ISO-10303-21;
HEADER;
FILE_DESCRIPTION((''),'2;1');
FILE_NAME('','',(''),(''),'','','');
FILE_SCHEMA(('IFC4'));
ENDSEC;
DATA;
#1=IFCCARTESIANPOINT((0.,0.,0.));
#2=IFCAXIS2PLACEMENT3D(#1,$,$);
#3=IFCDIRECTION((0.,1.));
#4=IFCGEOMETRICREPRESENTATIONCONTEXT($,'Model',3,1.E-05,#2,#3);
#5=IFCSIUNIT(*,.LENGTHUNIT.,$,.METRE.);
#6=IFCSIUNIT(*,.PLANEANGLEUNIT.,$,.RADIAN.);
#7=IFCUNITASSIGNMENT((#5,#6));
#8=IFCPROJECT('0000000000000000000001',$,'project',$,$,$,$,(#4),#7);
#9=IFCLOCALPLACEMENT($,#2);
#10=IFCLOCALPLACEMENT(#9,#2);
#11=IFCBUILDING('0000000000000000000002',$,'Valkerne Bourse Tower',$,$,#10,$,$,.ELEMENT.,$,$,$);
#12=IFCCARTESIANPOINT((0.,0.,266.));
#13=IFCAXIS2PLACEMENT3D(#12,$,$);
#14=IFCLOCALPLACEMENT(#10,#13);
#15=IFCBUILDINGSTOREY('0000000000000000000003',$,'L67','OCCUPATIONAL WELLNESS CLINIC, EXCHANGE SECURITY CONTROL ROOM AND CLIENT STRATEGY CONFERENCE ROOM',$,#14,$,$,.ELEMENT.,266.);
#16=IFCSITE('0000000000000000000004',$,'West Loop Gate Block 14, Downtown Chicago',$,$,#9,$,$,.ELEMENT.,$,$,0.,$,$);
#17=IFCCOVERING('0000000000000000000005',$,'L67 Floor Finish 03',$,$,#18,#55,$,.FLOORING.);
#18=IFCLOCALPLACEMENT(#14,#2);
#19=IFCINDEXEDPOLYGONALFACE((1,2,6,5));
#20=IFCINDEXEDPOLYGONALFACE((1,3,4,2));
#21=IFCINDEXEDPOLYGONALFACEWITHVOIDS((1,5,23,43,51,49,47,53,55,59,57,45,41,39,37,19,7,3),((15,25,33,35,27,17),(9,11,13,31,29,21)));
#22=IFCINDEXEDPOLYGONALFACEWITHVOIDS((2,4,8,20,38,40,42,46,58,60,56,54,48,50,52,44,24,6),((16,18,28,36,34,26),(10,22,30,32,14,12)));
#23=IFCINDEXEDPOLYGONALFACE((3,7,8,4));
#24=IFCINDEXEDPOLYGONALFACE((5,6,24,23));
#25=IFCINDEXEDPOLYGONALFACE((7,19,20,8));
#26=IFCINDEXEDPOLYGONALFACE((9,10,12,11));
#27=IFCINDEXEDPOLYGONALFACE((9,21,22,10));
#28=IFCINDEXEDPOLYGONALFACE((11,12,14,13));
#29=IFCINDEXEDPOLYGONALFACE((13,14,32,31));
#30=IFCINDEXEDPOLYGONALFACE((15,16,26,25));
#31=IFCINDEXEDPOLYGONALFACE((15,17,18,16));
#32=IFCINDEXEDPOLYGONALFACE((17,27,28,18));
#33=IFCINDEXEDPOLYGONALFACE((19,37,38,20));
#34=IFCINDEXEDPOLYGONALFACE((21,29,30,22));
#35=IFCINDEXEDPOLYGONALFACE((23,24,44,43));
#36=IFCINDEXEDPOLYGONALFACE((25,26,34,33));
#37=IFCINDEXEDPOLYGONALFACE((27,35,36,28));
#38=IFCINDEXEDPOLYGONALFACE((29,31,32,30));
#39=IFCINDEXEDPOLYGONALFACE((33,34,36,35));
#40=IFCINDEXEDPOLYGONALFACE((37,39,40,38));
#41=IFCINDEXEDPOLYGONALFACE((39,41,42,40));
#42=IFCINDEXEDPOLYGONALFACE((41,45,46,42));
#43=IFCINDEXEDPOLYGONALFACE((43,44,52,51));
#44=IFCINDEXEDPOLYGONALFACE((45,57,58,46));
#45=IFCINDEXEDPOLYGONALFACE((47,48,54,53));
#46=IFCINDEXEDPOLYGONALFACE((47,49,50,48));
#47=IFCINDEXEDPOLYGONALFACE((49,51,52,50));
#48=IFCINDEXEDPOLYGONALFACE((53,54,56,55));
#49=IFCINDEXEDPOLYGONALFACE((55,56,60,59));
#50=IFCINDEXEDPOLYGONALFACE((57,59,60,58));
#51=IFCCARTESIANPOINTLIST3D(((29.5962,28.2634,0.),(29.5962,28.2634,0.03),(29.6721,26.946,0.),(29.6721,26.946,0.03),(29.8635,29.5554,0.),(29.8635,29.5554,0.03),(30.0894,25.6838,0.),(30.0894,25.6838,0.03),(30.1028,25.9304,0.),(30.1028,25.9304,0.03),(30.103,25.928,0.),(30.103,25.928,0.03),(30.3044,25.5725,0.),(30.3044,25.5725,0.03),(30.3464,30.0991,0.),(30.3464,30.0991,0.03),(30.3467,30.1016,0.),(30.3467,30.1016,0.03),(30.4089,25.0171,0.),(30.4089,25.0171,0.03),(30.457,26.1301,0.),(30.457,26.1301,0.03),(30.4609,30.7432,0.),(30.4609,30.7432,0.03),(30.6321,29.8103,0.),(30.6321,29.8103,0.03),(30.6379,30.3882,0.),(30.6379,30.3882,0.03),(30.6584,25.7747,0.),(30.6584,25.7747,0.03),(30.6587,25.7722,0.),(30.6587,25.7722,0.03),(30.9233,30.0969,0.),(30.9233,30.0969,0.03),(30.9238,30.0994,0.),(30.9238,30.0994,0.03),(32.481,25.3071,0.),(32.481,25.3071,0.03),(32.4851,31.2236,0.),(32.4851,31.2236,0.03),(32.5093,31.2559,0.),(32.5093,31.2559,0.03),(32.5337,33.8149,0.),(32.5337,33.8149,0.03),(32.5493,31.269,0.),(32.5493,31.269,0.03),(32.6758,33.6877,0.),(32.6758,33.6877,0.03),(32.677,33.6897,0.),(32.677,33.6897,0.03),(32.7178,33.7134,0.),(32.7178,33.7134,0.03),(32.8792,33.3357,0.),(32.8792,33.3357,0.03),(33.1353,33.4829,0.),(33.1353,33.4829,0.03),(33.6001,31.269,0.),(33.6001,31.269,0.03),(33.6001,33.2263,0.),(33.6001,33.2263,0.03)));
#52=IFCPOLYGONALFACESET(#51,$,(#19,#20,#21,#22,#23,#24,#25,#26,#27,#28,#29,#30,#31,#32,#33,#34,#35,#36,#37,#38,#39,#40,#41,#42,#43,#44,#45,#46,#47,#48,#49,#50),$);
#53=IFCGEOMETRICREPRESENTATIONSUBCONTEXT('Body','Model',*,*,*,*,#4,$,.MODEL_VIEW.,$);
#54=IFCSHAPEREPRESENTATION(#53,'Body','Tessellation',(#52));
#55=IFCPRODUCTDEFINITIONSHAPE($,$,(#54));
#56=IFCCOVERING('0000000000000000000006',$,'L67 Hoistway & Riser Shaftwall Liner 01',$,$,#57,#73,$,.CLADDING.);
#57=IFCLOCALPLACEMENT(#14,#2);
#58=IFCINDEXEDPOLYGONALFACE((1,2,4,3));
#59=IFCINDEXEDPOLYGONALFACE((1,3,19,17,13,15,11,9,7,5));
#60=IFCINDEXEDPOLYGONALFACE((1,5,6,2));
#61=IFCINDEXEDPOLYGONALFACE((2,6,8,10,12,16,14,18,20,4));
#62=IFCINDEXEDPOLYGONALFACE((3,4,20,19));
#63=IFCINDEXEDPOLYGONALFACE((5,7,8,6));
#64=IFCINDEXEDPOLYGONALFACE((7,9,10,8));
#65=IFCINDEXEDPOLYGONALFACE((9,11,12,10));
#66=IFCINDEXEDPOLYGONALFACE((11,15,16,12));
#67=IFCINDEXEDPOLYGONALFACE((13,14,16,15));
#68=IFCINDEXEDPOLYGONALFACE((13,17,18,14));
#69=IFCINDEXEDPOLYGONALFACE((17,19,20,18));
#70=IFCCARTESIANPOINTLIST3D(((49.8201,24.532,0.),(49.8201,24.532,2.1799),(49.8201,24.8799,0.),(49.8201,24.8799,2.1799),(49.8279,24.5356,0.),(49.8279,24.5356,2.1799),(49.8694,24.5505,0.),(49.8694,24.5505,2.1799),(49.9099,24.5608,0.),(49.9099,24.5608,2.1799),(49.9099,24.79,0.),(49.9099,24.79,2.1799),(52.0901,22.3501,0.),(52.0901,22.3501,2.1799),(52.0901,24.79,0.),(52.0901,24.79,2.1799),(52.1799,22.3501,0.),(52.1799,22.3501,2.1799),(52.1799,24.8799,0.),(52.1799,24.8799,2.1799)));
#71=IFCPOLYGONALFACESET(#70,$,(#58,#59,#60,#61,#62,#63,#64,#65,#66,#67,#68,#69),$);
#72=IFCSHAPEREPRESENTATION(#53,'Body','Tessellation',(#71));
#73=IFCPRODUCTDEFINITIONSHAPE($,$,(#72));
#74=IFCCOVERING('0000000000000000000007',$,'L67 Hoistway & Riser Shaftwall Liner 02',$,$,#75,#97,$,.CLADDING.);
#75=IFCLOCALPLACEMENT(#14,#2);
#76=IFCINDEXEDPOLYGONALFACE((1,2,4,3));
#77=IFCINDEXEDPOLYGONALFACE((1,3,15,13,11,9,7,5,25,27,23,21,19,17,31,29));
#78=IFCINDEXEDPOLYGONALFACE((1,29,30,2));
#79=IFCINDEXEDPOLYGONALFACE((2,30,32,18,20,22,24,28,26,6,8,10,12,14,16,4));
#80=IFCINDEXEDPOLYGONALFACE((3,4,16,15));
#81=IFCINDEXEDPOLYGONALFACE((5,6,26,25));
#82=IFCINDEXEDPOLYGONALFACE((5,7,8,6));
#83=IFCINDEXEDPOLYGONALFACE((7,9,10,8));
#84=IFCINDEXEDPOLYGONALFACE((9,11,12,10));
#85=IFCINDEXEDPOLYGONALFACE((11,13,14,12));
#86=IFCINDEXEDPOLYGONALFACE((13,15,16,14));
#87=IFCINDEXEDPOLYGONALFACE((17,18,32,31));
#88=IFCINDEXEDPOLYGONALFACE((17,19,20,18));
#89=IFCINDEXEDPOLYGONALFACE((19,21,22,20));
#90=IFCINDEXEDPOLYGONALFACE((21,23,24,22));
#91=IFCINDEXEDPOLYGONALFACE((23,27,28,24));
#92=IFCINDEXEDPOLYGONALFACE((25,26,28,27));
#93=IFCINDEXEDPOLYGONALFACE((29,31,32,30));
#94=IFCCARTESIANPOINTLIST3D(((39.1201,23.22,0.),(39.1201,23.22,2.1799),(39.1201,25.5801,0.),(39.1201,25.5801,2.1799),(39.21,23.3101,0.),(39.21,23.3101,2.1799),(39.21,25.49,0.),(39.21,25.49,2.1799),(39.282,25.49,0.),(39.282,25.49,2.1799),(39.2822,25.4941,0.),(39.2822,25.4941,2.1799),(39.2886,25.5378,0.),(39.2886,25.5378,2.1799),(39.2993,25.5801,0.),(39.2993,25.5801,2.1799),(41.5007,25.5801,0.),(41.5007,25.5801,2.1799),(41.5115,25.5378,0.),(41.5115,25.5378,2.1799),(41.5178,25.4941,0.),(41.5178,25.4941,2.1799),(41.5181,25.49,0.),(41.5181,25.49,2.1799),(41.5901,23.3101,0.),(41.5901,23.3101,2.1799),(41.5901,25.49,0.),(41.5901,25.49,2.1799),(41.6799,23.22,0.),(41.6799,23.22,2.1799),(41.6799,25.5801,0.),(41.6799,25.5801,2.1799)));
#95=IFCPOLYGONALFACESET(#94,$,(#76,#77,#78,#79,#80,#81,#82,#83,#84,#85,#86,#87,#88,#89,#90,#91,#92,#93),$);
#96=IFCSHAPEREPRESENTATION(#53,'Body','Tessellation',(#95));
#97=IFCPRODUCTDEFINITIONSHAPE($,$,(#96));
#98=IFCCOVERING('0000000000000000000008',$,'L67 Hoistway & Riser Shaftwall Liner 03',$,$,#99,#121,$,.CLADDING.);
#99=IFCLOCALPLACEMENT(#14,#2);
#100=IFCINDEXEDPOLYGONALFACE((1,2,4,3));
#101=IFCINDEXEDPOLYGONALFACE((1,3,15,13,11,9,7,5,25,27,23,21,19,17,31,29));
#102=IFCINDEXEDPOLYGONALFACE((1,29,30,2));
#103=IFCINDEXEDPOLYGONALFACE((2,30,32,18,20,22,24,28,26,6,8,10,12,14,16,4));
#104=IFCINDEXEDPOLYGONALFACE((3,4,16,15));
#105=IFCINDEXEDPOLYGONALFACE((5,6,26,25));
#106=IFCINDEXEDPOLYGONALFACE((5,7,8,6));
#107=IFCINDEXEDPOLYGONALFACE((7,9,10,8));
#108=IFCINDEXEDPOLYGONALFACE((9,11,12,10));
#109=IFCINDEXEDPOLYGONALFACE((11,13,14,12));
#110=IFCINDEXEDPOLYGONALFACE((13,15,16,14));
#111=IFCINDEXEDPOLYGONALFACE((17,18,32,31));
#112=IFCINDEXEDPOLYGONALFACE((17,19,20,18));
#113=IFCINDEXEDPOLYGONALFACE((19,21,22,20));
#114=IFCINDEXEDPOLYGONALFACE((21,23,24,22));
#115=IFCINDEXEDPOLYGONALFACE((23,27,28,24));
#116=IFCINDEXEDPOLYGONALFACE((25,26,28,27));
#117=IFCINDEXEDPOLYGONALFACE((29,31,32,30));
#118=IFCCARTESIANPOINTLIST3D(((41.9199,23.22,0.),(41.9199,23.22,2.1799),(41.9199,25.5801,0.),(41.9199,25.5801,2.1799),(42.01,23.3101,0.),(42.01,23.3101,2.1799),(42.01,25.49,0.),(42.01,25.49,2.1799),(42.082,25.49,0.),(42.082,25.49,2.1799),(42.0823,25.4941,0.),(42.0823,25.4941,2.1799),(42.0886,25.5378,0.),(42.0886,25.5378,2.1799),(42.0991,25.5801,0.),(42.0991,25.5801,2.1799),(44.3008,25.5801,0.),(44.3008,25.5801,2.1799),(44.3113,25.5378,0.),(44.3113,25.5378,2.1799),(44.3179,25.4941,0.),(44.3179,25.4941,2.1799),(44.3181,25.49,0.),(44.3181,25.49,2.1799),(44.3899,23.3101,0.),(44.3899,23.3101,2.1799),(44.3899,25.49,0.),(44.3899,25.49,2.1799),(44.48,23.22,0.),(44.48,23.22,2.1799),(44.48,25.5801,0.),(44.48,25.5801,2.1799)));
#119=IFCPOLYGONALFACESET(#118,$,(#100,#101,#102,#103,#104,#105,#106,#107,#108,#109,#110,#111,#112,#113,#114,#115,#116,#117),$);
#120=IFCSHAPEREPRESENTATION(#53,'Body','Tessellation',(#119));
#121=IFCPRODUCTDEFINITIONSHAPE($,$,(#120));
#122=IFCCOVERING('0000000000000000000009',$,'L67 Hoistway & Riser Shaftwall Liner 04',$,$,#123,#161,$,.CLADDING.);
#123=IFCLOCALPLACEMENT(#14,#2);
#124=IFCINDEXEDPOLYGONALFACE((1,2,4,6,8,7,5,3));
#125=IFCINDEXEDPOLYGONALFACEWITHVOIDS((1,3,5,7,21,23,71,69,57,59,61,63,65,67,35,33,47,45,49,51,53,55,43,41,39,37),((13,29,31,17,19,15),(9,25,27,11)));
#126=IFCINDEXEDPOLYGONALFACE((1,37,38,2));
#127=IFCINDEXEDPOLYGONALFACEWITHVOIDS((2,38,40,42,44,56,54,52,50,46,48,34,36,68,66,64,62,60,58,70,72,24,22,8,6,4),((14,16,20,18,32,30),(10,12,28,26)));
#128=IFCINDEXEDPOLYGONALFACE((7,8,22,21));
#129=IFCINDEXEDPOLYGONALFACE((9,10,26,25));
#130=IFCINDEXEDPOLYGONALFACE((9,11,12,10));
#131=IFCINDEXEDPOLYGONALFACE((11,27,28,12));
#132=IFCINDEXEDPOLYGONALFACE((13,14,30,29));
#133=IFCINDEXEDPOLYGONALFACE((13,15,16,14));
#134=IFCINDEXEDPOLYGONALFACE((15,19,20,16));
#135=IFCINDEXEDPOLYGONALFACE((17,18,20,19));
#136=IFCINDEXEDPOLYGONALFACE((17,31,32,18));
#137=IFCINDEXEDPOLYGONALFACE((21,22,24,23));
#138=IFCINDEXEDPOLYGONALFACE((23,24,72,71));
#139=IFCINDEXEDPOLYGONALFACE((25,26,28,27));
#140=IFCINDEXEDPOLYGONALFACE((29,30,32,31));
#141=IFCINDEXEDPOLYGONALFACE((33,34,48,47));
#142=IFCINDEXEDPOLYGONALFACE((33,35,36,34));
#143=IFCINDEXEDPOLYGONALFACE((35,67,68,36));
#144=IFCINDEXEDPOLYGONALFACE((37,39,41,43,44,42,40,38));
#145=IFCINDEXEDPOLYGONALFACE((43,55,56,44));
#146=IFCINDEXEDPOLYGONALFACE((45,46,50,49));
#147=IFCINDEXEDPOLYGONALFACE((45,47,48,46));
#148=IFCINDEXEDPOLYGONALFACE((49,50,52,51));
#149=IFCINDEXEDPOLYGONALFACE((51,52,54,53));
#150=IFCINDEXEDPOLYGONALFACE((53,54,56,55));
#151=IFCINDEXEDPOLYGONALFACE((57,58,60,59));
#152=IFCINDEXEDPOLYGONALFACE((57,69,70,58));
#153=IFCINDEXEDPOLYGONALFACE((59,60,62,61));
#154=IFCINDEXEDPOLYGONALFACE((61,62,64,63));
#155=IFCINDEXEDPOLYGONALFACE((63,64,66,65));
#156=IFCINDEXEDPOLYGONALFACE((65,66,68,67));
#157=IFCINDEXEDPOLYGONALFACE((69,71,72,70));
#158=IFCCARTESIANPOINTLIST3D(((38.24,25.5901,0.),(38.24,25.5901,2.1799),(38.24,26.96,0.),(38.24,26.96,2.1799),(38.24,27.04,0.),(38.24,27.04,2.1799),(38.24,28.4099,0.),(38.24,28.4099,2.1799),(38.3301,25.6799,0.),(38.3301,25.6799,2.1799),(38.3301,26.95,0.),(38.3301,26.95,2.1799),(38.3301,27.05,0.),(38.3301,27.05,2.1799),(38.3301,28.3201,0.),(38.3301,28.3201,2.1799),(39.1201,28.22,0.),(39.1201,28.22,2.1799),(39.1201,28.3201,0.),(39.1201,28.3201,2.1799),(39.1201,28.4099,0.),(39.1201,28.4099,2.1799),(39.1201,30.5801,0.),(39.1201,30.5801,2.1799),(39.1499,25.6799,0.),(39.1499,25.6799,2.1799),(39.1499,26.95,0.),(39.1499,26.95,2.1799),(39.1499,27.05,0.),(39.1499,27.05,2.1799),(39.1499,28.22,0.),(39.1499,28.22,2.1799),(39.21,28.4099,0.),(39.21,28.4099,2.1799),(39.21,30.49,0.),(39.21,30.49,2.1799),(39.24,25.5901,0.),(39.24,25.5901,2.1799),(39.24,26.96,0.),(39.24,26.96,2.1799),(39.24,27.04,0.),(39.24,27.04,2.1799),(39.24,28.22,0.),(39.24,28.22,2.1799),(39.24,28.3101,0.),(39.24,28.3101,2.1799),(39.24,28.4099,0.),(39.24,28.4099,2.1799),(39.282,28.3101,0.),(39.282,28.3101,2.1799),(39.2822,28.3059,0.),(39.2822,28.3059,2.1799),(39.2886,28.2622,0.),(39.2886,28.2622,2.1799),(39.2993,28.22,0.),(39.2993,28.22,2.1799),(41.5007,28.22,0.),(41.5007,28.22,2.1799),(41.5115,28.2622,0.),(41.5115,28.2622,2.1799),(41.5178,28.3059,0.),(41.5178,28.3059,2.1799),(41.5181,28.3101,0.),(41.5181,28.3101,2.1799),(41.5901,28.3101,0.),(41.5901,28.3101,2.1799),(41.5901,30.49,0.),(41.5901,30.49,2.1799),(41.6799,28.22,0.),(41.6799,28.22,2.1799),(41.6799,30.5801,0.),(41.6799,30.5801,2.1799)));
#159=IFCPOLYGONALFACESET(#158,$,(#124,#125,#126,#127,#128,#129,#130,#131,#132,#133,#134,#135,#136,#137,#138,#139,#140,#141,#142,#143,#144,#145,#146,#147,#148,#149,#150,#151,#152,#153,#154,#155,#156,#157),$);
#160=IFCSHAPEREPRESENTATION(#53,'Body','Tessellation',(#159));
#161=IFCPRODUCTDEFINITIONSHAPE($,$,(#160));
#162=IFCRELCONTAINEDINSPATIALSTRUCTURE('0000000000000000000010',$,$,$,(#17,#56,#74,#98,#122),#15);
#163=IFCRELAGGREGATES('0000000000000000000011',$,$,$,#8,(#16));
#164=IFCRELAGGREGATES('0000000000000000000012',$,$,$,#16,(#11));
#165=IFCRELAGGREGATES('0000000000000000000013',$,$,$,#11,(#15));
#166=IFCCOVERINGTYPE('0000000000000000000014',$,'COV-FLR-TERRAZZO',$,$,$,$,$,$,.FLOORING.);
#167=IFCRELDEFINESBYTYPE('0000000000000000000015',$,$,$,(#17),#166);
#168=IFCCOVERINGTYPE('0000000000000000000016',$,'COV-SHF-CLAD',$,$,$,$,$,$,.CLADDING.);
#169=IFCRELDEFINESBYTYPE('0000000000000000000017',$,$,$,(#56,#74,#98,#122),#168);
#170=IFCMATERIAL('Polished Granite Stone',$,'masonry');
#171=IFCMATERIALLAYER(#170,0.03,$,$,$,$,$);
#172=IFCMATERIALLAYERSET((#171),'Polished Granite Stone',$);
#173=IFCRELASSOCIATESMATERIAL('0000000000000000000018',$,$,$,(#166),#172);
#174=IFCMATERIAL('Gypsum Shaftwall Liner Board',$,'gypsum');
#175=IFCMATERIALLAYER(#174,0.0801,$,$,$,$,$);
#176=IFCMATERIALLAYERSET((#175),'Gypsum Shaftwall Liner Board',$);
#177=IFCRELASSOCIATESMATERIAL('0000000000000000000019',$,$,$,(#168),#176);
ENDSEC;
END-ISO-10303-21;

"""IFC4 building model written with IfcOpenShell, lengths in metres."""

from ifc_helpers import new_model, si_unit, direction, frame, origin, place, context, subcontext, project, spatial, polyline, outline, extrude, material, layer, layer_set, type_object, element, save


model = new_model("IFC4")

# Units and contexts
model_context = context("Model", 3, precision=1e-05, world=origin(), true_north=direction((0.0, 1.0)))
body_context = subcontext(model_context, "Body", "Model", "MODEL_VIEW")
ifc_project = project(units=[si_unit("LENGTHUNIT", "METRE"), si_unit("PLANEANGLEUNIT", "RADIAN")], contexts=[model_context])

# Site, building, storey
site_placement = place(None, origin())
site = spatial("IfcSite", under=ifc_project, at=site_placement, Name="West Loop Gate Block 14, Downtown Chicago", CompositionType="ELEMENT", RefElevation=0.0)
building_placement = place(site_placement, origin())
building = spatial("IfcBuilding", under=site, at=building_placement, Name="Valkerne Bourse Tower", CompositionType="ELEMENT")
storey_placement = place(building_placement, frame((0.0, 0.0, 266.0)))
storey = spatial("IfcBuildingStorey", under=building, at=storey_placement, Name="L67", Description="OCCUPATIONAL WELLNESS CLINIC, EXCHANGE SECURITY CONTROL ROOM AND CLIENT STRATEGY CONFERENCE ROOM", CompositionType="ELEMENT", Elevation=266.0)

# Coverings
ifc_material_1 = material(Name="Polished Granite Stone", Category="masonry")
ifc_layer_1 = layer(ifc_material_1, 0.03)
ifc_layer_set_1 = layer_set([ifc_layer_1], Name="Polished Granite Stone")
covering_type_1 = type_object("IfcCoveringType", Name="COV-FLR-TERRAZZO", PredefinedType="FLOORING", material=ifc_layer_set_1)
covering_1_placement = place(storey_placement, origin())
element("IfcCovering", 1, at=covering_1_placement, inside=storey, type_object=covering_type_1, Name="L67 Floor Finish 03", PredefinedType="FLOORING", context=body_context, shape_type="SweptSolid", body=[
    extrude(outline(polyline([(29.5962, 28.2634), (29.8635, 29.5554), (30.4609, 30.7432), (32.5337, 33.8149), (32.7178, 33.7134), (32.677, 33.6897), (32.6758, 33.6877), (32.8792, 33.3357), (33.1353, 33.4829), (33.6001, 33.2263), (33.6001, 31.269), (32.5493, 31.269), (32.5093, 31.2559), (32.4851, 31.2236), (32.481, 25.3071), (30.4089, 25.0171), (30.0894, 25.6838), (29.6721, 26.946), (29.5962, 28.2634)]), holes=[polyline([(30.6584, 25.7747), (30.457, 26.1301), (30.1028, 25.9304), (30.103, 25.928), (30.3044, 25.5725), (30.6587, 25.7722), (30.6584, 25.7747)]), polyline([(30.9238, 30.0994), (30.6379, 30.3882), (30.3467, 30.1016), (30.3464, 30.0991), (30.6321, 29.8103), (30.9233, 30.0969), (30.9238, 30.0994)])]), origin(), (0.0, 0.0, 1.0), 0.03),
])
ifc_material_2 = material(Name="Gypsum Shaftwall Liner Board", Category="gypsum")
ifc_layer_2 = layer(ifc_material_2, 0.0801)
ifc_layer_set_2 = layer_set([ifc_layer_2], Name="Gypsum Shaftwall Liner Board")
covering_type_2 = type_object("IfcCoveringType", Name="COV-SHF-CLAD", PredefinedType="CLADDING", material=ifc_layer_set_2)
covering_2_placement = place(storey_placement, origin())
element("IfcCovering", 2, at=covering_2_placement, inside=storey, type_object=covering_type_2, Name="L67 Hoistway & Riser Shaftwall Liner 01", PredefinedType="CLADDING", context=body_context, shape_type="SweptSolid", body=[
    extrude(outline(polyline([(52.1799, 24.8799), (52.1799, 22.3501), (52.0901, 22.3501), (52.0901, 24.79), (49.9099, 24.79), (49.9099, 24.5608), (49.8694, 24.5505), (49.8279, 24.5356), (49.8201, 24.532), (49.8201, 24.8799), (52.1799, 24.8799)])), origin(), (0.0, 0.0, 1.0), 2.1799),
])
covering_3_placement = place(storey_placement, origin())
element("IfcCovering", 3, at=covering_3_placement, inside=storey, type_object=covering_type_2, Name="L67 Hoistway & Riser Shaftwall Liner 02", PredefinedType="CLADDING", context=body_context, shape_type="SweptSolid", body=[
    extrude(outline(polyline([(39.2993, 25.5801), (39.2886, 25.5378), (39.2822, 25.4941), (39.282, 25.49), (39.21, 25.49), (39.21, 23.3101), (41.5901, 23.3101), (41.5901, 25.49), (41.5181, 25.49), (41.5178, 25.4941), (41.5115, 25.5378), (41.5007, 25.5801), (41.6799, 25.5801), (41.6799, 23.22), (39.1201, 23.22), (39.1201, 25.5801), (39.2993, 25.5801)])), origin(), (0.0, 0.0, 1.0), 2.1799),
])
covering_4_placement = place(storey_placement, origin())
element("IfcCovering", 4, at=covering_4_placement, inside=storey, type_object=covering_type_2, Name="L67 Hoistway & Riser Shaftwall Liner 03", PredefinedType="CLADDING", context=body_context, shape_type="SweptSolid", body=[
    extrude(outline(polyline([(42.0991, 25.5801), (42.0886, 25.5378), (42.0823, 25.4941), (42.082, 25.49), (42.01, 25.49), (42.01, 23.3101), (44.3899, 23.3101), (44.3899, 25.49), (44.3181, 25.49), (44.3179, 25.4941), (44.3113, 25.5378), (44.3008, 25.5801), (44.48, 25.5801), (44.48, 23.22), (41.9199, 23.22), (41.9199, 25.5801), (42.0991, 25.5801)])), origin(), (0.0, 0.0, 1.0), 2.1799),
])
covering_5_placement = place(storey_placement, origin())
element("IfcCovering", 5, at=covering_5_placement, inside=storey, type_object=covering_type_2, Name="L67 Hoistway & Riser Shaftwall Liner 04", PredefinedType="CLADDING", context=body_context, shape_type="SweptSolid", body=[
    extrude(outline(polyline([(38.24, 27.04), (38.24, 28.4099), (39.1201, 28.4099), (39.1201, 30.5801), (41.6799, 30.5801), (41.6799, 28.22), (41.5007, 28.22), (41.5115, 28.2622), (41.5178, 28.3059), (41.5181, 28.3101), (41.5901, 28.3101), (41.5901, 30.49), (39.21, 30.49), (39.21, 28.4099), (39.24, 28.4099), (39.24, 28.3101), (39.282, 28.3101), (39.2822, 28.3059), (39.2886, 28.2622), (39.2993, 28.22), (39.24, 28.22), (39.24, 27.04), (39.24, 26.96), (39.24, 25.5901), (38.24, 25.5901), (38.24, 26.96), (38.24, 27.04)]), holes=[polyline([(39.1499, 26.95), (38.3301, 26.95), (38.3301, 25.6799), (39.1499, 25.6799), (39.1499, 26.95)]), polyline([(39.1499, 28.22), (39.1201, 28.22), (39.1201, 28.3201), (38.3301, 28.3201), (38.3301, 27.05), (39.1499, 27.05), (39.1499, 28.22)])]), origin(), (0.0, 0.0, 1.0), 2.1799),
])

save(model, "model.ifc")
